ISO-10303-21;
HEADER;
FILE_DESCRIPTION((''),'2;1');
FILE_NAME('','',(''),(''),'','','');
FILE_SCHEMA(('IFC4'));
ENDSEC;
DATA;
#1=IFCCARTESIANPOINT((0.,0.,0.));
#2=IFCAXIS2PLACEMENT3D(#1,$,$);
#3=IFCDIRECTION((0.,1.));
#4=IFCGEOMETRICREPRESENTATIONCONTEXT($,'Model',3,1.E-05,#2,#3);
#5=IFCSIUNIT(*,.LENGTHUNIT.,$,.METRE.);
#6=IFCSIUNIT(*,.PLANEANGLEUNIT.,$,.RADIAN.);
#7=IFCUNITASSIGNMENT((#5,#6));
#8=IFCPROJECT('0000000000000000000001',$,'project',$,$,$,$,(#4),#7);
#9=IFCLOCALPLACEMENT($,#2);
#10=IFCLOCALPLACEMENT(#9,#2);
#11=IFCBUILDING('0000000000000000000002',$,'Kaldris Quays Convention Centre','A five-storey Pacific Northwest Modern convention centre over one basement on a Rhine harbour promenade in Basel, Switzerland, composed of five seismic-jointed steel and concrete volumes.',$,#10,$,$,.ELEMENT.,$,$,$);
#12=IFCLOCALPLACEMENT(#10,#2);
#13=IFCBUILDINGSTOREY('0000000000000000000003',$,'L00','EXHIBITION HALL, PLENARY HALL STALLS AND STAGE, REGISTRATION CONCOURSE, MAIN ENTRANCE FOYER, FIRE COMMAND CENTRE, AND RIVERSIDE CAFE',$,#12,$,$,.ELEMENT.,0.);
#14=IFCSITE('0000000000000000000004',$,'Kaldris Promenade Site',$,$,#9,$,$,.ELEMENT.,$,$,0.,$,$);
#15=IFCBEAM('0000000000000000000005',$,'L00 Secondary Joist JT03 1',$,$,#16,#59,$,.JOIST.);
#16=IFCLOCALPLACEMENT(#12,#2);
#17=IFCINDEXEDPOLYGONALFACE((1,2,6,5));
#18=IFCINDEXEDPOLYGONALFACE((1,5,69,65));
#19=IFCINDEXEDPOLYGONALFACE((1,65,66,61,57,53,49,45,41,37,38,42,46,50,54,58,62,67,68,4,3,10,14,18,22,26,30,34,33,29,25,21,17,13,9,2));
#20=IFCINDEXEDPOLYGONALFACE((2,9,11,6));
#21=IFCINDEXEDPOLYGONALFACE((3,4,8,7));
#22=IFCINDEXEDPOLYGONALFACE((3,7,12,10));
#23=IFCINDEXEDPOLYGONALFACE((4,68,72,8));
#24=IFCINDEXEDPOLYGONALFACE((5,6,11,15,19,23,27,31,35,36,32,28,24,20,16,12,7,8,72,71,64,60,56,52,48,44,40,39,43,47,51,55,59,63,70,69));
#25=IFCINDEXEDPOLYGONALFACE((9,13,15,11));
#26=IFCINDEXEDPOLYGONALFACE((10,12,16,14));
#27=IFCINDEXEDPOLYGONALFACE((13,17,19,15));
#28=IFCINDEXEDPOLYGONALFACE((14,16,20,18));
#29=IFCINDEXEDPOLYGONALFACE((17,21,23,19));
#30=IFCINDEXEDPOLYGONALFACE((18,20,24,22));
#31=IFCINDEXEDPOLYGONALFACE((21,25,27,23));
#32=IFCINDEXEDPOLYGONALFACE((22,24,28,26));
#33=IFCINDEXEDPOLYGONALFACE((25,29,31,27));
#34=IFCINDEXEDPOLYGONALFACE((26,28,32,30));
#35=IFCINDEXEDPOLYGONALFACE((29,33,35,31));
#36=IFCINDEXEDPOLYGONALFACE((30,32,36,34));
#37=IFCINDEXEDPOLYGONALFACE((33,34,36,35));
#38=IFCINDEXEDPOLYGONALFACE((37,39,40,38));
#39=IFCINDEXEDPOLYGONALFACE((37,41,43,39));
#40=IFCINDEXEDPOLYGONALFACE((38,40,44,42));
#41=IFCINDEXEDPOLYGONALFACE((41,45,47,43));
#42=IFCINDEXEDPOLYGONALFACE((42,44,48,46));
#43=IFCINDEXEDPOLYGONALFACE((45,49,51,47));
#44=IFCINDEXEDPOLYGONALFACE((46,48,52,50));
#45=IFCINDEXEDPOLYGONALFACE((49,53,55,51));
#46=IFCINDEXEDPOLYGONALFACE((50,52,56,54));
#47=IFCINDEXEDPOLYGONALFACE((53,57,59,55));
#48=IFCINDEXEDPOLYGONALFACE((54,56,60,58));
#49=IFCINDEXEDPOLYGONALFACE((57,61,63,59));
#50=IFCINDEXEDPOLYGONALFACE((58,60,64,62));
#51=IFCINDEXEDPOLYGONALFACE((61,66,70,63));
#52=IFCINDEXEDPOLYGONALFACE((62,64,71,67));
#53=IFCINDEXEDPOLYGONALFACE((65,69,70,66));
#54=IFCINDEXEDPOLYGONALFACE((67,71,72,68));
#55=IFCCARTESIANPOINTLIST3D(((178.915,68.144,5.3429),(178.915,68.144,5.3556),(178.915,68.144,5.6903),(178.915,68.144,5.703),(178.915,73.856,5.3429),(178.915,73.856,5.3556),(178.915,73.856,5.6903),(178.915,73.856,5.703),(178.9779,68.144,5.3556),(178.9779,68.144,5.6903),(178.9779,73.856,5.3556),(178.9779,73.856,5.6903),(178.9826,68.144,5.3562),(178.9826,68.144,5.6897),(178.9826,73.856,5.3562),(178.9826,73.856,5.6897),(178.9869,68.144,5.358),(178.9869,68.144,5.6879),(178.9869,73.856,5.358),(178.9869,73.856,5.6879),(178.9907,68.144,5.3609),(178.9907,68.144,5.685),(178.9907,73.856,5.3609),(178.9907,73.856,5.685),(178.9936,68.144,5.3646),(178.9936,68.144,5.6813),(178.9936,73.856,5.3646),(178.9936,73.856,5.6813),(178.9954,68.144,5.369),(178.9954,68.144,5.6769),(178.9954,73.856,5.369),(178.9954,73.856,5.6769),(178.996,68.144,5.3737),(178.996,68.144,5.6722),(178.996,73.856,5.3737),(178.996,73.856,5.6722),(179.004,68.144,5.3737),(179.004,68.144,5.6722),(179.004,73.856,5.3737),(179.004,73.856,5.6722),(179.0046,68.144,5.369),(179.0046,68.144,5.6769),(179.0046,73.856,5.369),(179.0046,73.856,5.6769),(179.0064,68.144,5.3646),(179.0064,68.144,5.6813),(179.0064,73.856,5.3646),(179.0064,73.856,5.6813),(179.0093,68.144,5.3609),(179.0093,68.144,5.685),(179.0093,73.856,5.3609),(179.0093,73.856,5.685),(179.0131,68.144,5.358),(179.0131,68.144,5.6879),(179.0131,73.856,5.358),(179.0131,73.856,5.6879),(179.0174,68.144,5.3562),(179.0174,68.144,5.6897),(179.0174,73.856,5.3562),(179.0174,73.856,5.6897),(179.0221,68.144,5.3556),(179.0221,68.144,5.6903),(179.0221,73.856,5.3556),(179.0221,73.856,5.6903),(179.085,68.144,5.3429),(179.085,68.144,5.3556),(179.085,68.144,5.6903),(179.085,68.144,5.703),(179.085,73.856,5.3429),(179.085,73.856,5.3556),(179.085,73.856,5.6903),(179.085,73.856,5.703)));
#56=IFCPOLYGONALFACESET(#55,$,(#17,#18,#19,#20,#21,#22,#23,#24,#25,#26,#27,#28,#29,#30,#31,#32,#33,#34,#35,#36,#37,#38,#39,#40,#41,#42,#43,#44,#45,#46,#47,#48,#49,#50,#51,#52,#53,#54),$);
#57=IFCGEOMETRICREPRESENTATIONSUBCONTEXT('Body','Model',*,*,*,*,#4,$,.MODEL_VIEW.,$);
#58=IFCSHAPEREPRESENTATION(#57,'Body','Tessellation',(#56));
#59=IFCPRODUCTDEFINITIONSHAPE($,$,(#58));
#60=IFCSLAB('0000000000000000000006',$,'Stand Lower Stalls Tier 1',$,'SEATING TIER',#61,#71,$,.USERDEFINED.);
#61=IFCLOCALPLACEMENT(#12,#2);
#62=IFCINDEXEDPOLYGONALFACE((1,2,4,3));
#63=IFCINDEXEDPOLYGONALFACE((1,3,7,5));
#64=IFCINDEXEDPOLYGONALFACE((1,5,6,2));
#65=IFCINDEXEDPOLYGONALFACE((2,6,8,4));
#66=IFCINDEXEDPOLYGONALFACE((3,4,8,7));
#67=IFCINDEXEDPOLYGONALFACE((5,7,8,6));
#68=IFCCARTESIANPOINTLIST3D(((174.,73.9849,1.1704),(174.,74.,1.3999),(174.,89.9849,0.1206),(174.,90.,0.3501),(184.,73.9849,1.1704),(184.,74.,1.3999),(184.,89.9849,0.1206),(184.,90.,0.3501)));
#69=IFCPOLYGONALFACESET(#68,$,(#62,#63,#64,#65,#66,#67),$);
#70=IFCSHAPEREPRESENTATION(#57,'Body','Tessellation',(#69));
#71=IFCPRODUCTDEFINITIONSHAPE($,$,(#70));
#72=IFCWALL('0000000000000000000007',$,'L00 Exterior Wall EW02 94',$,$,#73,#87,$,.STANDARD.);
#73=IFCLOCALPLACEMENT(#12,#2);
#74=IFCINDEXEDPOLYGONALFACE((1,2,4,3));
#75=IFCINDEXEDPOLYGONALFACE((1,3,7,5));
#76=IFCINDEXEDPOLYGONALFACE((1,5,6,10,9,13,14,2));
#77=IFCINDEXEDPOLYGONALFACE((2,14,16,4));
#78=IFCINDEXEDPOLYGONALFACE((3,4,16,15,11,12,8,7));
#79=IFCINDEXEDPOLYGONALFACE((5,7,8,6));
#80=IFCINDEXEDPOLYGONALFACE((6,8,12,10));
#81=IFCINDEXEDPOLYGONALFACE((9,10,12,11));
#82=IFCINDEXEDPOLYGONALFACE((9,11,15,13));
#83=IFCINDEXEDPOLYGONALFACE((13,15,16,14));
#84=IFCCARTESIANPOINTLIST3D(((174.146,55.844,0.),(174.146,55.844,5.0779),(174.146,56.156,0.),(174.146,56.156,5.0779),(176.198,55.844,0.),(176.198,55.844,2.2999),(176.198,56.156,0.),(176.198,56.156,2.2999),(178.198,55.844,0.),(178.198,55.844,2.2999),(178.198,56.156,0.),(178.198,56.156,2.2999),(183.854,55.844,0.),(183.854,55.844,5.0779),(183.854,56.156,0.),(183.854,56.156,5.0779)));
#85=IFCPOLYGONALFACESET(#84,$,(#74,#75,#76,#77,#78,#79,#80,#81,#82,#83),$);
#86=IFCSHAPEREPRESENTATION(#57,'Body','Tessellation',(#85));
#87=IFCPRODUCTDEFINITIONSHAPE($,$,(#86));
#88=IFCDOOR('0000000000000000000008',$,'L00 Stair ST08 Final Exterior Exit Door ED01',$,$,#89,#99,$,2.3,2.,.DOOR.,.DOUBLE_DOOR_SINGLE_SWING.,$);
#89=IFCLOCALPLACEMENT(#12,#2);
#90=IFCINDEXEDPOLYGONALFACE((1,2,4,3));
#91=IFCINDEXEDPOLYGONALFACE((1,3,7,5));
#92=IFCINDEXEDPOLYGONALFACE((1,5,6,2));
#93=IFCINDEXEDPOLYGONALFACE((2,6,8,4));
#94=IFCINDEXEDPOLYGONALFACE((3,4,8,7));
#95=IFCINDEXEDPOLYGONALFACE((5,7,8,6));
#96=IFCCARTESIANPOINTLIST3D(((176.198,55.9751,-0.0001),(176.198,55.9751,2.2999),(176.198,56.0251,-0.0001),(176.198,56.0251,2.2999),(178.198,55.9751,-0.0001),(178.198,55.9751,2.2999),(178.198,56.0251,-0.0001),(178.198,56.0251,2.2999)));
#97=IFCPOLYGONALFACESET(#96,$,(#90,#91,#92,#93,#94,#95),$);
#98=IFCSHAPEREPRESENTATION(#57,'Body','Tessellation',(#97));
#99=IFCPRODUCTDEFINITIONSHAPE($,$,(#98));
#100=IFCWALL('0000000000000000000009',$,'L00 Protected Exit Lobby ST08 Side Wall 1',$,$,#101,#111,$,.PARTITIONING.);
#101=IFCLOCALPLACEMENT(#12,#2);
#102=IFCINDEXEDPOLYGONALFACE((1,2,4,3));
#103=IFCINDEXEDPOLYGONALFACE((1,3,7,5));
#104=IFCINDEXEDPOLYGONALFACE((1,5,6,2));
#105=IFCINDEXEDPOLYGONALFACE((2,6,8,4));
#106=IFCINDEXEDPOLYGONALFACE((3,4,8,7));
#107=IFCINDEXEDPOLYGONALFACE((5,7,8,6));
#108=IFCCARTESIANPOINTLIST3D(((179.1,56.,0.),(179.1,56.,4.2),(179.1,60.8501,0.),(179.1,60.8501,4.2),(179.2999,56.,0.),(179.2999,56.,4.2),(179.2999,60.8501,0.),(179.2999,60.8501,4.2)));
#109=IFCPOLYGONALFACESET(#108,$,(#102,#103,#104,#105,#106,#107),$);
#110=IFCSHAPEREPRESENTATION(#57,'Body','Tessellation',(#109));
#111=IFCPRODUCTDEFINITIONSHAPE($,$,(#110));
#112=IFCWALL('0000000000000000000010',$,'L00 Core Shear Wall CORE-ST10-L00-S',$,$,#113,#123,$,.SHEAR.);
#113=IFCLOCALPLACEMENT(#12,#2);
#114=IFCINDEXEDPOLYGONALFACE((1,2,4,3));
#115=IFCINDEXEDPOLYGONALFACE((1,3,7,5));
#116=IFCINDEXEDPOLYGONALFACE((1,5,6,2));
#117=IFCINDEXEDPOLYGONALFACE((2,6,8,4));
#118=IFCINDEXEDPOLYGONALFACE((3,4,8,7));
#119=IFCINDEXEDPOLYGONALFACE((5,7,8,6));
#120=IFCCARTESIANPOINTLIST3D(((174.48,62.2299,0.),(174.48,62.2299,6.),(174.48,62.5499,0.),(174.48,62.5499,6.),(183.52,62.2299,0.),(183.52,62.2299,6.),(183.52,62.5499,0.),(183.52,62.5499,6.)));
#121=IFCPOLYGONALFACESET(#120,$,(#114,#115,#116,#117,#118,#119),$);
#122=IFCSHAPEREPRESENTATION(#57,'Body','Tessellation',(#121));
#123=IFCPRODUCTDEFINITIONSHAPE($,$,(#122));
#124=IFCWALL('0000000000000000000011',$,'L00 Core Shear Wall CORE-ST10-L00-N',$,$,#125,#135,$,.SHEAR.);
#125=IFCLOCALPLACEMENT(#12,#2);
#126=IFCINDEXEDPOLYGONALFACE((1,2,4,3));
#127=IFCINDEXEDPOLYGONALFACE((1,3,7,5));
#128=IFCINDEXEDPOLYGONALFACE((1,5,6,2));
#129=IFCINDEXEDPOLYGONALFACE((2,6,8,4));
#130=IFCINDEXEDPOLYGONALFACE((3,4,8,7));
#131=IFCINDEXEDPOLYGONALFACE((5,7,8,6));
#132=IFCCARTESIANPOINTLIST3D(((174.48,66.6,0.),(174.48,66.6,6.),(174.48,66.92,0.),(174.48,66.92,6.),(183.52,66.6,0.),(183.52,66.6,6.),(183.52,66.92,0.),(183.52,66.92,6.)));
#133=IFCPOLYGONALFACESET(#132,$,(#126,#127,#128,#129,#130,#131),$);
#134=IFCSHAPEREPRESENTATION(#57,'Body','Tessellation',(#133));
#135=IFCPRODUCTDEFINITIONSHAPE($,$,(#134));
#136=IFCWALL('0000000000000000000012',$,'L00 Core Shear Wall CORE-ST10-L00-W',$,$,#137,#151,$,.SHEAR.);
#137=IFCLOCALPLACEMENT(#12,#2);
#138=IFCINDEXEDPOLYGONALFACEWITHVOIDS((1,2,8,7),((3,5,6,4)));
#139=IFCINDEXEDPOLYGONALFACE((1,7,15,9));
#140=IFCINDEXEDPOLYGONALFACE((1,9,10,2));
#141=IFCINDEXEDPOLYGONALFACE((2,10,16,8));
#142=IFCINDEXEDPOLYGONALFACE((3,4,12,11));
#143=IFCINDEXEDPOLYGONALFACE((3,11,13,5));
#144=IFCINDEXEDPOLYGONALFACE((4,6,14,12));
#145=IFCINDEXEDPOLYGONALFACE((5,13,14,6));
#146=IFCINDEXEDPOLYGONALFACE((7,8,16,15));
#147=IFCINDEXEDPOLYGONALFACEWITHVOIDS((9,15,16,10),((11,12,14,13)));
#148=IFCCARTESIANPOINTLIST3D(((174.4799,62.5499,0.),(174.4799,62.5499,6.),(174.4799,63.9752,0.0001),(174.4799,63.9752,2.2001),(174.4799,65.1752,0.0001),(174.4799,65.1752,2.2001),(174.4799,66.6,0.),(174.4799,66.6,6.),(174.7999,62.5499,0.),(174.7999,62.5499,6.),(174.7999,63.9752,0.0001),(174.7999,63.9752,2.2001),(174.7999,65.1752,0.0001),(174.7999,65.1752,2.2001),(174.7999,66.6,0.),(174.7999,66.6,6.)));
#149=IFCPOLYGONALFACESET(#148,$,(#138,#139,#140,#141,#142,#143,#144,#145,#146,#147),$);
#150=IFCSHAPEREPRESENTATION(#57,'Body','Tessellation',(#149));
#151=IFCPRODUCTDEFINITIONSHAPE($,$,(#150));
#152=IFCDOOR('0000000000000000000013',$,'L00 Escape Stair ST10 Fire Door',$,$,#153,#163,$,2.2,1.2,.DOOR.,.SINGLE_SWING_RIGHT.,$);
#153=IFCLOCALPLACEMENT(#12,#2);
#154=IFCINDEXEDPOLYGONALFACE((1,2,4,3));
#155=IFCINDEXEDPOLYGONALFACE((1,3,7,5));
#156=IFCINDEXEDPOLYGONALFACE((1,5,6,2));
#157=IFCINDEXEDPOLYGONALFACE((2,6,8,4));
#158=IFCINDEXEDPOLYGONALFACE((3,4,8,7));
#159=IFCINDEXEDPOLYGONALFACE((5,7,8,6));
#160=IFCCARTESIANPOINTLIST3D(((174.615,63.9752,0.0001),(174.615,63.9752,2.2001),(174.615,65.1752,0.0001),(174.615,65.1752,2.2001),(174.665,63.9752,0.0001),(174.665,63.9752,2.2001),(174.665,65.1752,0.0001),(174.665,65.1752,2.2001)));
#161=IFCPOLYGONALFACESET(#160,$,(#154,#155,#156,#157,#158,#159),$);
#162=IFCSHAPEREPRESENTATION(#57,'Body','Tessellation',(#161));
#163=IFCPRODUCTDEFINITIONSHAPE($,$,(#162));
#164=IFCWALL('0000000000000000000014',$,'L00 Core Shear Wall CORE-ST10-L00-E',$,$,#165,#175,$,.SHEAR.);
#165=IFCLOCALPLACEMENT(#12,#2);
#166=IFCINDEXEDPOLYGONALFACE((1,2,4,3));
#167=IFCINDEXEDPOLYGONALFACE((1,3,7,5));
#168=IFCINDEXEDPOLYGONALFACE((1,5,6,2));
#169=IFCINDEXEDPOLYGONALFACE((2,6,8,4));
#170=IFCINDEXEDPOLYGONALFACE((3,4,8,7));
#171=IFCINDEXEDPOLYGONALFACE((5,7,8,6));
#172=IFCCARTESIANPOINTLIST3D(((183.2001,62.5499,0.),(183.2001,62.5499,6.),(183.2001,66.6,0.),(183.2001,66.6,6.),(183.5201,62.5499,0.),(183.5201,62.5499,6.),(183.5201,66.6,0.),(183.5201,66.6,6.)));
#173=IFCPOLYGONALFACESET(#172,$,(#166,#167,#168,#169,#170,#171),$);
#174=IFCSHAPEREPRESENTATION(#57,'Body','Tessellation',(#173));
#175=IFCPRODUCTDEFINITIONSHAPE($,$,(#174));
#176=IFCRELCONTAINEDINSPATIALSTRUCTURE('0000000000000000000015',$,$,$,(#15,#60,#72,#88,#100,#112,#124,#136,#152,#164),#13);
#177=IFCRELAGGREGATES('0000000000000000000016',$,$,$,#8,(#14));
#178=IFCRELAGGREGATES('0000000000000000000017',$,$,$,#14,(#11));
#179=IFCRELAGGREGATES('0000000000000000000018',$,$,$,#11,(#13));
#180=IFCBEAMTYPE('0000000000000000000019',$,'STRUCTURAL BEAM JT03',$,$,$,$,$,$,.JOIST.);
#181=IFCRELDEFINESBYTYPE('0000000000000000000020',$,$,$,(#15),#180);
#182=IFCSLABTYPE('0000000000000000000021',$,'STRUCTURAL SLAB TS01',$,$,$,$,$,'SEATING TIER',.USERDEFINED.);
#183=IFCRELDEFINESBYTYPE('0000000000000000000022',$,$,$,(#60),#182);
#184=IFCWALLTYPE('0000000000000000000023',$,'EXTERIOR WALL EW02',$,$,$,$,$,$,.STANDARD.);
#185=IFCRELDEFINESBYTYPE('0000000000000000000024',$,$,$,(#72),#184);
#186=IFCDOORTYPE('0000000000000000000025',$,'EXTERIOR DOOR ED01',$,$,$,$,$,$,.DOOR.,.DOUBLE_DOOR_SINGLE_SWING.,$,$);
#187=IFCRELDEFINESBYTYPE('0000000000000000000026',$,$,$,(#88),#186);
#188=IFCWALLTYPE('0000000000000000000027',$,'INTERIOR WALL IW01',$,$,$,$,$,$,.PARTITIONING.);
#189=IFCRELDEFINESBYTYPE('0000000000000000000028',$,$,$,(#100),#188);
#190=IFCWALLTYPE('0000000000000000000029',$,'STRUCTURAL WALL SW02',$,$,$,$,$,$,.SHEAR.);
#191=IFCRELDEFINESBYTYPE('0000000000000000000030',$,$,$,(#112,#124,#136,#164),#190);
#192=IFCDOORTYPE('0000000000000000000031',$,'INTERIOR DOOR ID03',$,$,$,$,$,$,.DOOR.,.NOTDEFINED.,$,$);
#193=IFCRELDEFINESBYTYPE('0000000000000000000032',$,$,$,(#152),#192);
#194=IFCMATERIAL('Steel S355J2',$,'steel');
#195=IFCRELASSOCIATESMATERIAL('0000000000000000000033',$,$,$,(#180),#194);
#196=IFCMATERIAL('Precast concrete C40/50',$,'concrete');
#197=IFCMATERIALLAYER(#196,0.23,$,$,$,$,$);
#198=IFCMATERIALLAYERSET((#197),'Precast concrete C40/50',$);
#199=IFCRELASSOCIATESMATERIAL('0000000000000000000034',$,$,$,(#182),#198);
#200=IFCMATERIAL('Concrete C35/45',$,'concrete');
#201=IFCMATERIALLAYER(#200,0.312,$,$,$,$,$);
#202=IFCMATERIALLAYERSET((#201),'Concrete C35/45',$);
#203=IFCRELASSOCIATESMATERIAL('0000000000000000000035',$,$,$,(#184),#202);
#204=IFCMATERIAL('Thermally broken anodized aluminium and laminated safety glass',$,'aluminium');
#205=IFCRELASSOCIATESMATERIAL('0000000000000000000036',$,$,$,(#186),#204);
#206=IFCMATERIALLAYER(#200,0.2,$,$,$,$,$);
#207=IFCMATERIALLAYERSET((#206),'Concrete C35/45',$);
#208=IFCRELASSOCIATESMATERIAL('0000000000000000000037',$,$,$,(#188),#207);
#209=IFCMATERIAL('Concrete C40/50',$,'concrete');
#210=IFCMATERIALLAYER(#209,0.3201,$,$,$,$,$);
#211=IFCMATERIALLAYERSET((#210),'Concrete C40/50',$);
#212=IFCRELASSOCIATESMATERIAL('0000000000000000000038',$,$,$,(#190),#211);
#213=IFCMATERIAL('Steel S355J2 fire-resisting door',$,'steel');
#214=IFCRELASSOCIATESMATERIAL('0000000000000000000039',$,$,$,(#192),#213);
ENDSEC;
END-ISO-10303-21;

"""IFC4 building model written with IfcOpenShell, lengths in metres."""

from ifc_helpers import new_model, si_unit, direction, frame, frame_2d, origin, origin_2d, place, context, subcontext, project, spatial, polyline, rectangle, i_section, outline, extrude, material, layer, layer_set, material_profile, profile_set, type_object, element, fill, save


model = new_model("IFC4")

# Units and contexts
model_context = context("Model", 3, precision=1e-05, world=origin(), true_north=direction((0.0, 1.0)))
body_context = subcontext(model_context, "Body", "Model", "MODEL_VIEW")
ifc_project = project(units=[si_unit("LENGTHUNIT", "METRE"), si_unit("PLANEANGLEUNIT", "RADIAN")], contexts=[model_context])

# Site, building, storey
site_placement = place(None, origin())
site = spatial("IfcSite", under=ifc_project, at=site_placement, Name="Kaldris Promenade Site", CompositionType="ELEMENT", RefElevation=0.0)
building_placement = place(site_placement, origin())
building = spatial("IfcBuilding", under=site, at=building_placement, Name="Kaldris Quays Convention Centre", Description="A five-storey Pacific Northwest Modern convention centre over one basement on a Rhine harbour promenade in Basel, Switzerland, composed of five seismic-jointed steel and concrete volumes.", CompositionType="ELEMENT")
storey_placement = place(building_placement, origin())
storey = spatial("IfcBuildingStorey", under=building, at=storey_placement, Name="L00", Description="EXHIBITION HALL, PLENARY HALL STALLS AND STAGE, REGISTRATION CONCOURSE, MAIN ENTRANCE FOYER, FIRE COMMAND CENTRE, AND RIVERSIDE CAFE", CompositionType="ELEMENT", Elevation=0.0)

# Shared definitions
ifc_material_1 = material(Name="Steel S355J2", Category="steel")

# Beam
ifc_material_profile_1 = material_profile(ifc_material_1, i_section(OverallWidth=0.1699, OverallDepth=0.3601, WebThickness=0.0081, FlangeThickness=0.0127, FilletRadius=0.0181, at=origin_2d()), Name="IPE 360")
ifc_profile_set_1 = profile_set([ifc_material_profile_1], Name="Steel S355J2")
beam_type_1 = type_object("IfcBeamType", Name="STRUCTURAL BEAM JT03", PredefinedType="JOIST", material=ifc_profile_set_1)
beam_1_placement = place(storey_placement, frame((179.0, 68.144, 5.5229), z_axis=(0.0, 1.0, 0.0), x_axis=(-1.0, 0.0, 0.0)))
element("IfcBeam", 1, at=beam_1_placement, inside=storey, type_object=beam_type_1, Name="L00 Secondary Joist JT03 1", PredefinedType="JOIST", context=body_context, shape_type="SweptSolid", body=[
    extrude(i_section(OverallWidth=0.1699, OverallDepth=0.3601, WebThickness=0.0081, FlangeThickness=0.0127, FilletRadius=0.0181, at=origin_2d()), origin(), (0.0, 0.0, 1.0), 5.7119),
])

# Slab
ifc_material_2 = material(Name="Precast concrete C40/50", Category="concrete")
ifc_layer_1 = layer(ifc_material_2, 0.23)
ifc_layer_set_1 = layer_set([ifc_layer_1], Name="Precast concrete C40/50")
slab_type = type_object("IfcSlabType", Name="STRUCTURAL SLAB TS01", ElementType="SEATING TIER", PredefinedType="USERDEFINED", material=ifc_layer_set_1)
slab_placement = place(storey_placement, frame((174.0, 74.0, 1.3999), z_axis=(0.0, 0.065472, 0.997854), x_axis=(1.0, 0.0, 0.0)))
element("IfcSlab", 2, at=slab_placement, inside=storey, type_object=slab_type, Name="Stand Lower Stalls Tier 1", ObjectType="SEATING TIER", PredefinedType="USERDEFINED", context=body_context, shape_type="SweptSolid", body=[
    extrude(outline(polyline([(0.0, 0.0), (10.0, 0.0), (10.0, 16.0344), (0.0, 16.0344), (0.0, 0.0)])), origin(), (0.0, 0.0, -1.0), 0.23),
])

# Wall, opening, door
ifc_material_3 = material(Name="Concrete C35/45", Category="concrete")
ifc_layer_2 = layer(ifc_material_3, 0.312)
ifc_layer_set_2 = layer_set([ifc_layer_2], Name="Concrete C35/45")
wall_type_1 = type_object("IfcWallType", Name="EXTERIOR WALL EW02", PredefinedType="STANDARD", material=ifc_layer_set_2)
wall_1_placement = place(storey_placement, frame((174.146, 56.0, 0.0), z_axis=(0.0, 0.0, 1.0), x_axis=(1.0, 0.0, 0.0)))
wall_1 = element("IfcWall", 3, at=wall_1_placement, inside=storey, type_object=wall_type_1, Name="L00 Exterior Wall EW02 94", PredefinedType="STANDARD", context=body_context, shape_type="SweptSolid", body=[
    extrude(rectangle(XDim=9.708, YDim=0.312, at=frame_2d((4.854, 0.0))), origin(), (0.0, 0.0, 1.0), 5.0779),
])
opening_1_placement = place(wall_1_placement, frame((2.052, 0.0, 0.0)))
opening_1 = element("IfcOpeningElement", 4, at=opening_1_placement, cuts=wall_1, PredefinedType="OPENING", context=body_context, shape_type="SweptSolid", body=[
    extrude(rectangle(XDim=2.0, YDim=2.3, at=frame_2d((1.0, 1.1499))), frame((0.0, 0.166, 0.0), z_axis=(0.0, -1.0, 0.0), x_axis=(1.0, 0.0, 0.0)), (0.0, 0.0, 1.0), 0.332),
])
ifc_material_4 = material(Name="Thermally broken anodized aluminium and laminated safety glass", Category="aluminium")
door_type_1 = type_object("IfcDoorType", Name="EXTERIOR DOOR ED01", OperationType="DOUBLE_DOOR_SINGLE_SWING", PredefinedType="DOOR", material=ifc_material_4)
door_1_placement = place(opening_1_placement, frame((2.0, 0.0, 0.0), z_axis=(0.0, 0.0, 1.0), x_axis=(-1.0, 0.0, 0.0)))
door_1 = element("IfcDoor", 5, at=door_1_placement, inside=storey, type_object=door_type_1, Name="L00 Stair ST08 Final Exterior Exit Door ED01", OperationType="DOUBLE_DOOR_SINGLE_SWING", OverallHeight=2.3, OverallWidth=2.0, PredefinedType="DOOR", context=body_context, shape_type="SweptSolid", body=[
    extrude(rectangle(XDim=2.0, YDim=2.3, at=frame_2d((1.0, 1.1499))), frame((0.0, 0.0249, 0.0), z_axis=(0.0, -1.0, 0.0), x_axis=(1.0, 0.0, 0.0)), (0.0, 0.0, 1.0), 0.05),
])
fill(opening_1, door_1)

# Walls
ifc_layer_3 = layer(ifc_material_3, 0.2)
ifc_layer_set_3 = layer_set([ifc_layer_3], Name="Concrete C35/45")
wall_type_2 = type_object("IfcWallType", Name="INTERIOR WALL IW01", PredefinedType="PARTITIONING", material=ifc_layer_set_3)
wall_2_placement = place(storey_placement, frame((179.2, 56.0, 0.0), z_axis=(0.0, 0.0, 1.0), x_axis=(0.0, 1.0, 0.0)))
element("IfcWall", 6, at=wall_2_placement, inside=storey, type_object=wall_type_2, Name="L00 Protected Exit Lobby ST08 Side Wall 1", PredefinedType="PARTITIONING", context=body_context, shape_type="SweptSolid", body=[
    extrude(rectangle(XDim=4.8501, YDim=0.2, at=frame_2d((2.425, 0.0))), origin(), (0.0, 0.0, 1.0), 4.2),
])
ifc_material_5 = material(Name="Concrete C40/50", Category="concrete")
ifc_layer_4 = layer(ifc_material_5, 0.3201)
ifc_layer_set_4 = layer_set([ifc_layer_4], Name="Concrete C40/50")
wall_type_3 = type_object("IfcWallType", Name="STRUCTURAL WALL SW02", PredefinedType="SHEAR", material=ifc_layer_set_4)
for number, where, z_axis, x_axis, name in (
    (7, (174.48, 62.3899, 0.0), (0.0, 0.0, 1.0), (1.0, 0.0, 0.0), "L00 Core Shear Wall CORE-ST10-L00-S"),
    (8, (174.48, 66.76, 0.0), (0.0, 0.0, 1.0), (1.0, 0.0, 0.0), "L00 Core Shear Wall CORE-ST10-L00-N"),
):
    element("IfcWall", number, at=place(storey_placement, frame(where, z_axis=z_axis, x_axis=x_axis)), inside=storey, type_object=wall_type_3, Name=name, PredefinedType="SHEAR", context=body_context, shape_type="SweptSolid", body=[
        extrude(rectangle(XDim=9.04, YDim=0.3201, at=frame_2d((4.52, 0.0))), origin(), (0.0, 0.0, 1.0), 6.0),
    ])

# Wall, opening, door
wall_3_placement = place(storey_placement, frame((174.6399, 62.55, 0.0), z_axis=(0.0, 0.0, 1.0), x_axis=(0.0, 1.0, 0.0)))
wall_3 = element("IfcWall", 9, at=wall_3_placement, inside=storey, type_object=wall_type_3, Name="L00 Core Shear Wall CORE-ST10-L00-W", PredefinedType="SHEAR", context=body_context, shape_type="SweptSolid", body=[
    extrude(rectangle(XDim=4.05, YDim=0.3201, at=frame_2d((2.0249, 0.0))), origin(), (0.0, 0.0, 1.0), 6.0),
])
opening_2_placement = place(wall_3_placement, frame((1.425, 0.0, 0.0)))
opening_2 = element("IfcOpeningElement", 10, at=opening_2_placement, cuts=wall_3, PredefinedType="OPENING", context=body_context, shape_type="SweptSolid", body=[
    extrude(rectangle(XDim=1.2, YDim=2.2, at=frame_2d((0.6001, 1.1001))), frame((0.0, 0.1699, 0.0), z_axis=(0.0, -1.0, 0.0), x_axis=(1.0, 0.0, 0.0)), (0.0, 0.0, 1.0), 0.3401),
])
ifc_material_6 = material(Name="Steel S355J2 fire-resisting door", Category="steel")
door_type_2 = type_object("IfcDoorType", Name="INTERIOR DOOR ID03", OperationType="NOTDEFINED", PredefinedType="DOOR", material=ifc_material_6)
door_2_placement = place(opening_2_placement, origin())
door_2 = element("IfcDoor", 11, at=door_2_placement, inside=storey, type_object=door_type_2, Name="L00 Escape Stair ST10 Fire Door", OperationType="SINGLE_SWING_RIGHT", OverallHeight=2.2, OverallWidth=1.2, PredefinedType="DOOR", context=body_context, shape_type="SweptSolid", body=[
    extrude(rectangle(XDim=1.2, YDim=2.2, at=frame_2d((0.6001, 1.1001))), frame((0.0, 0.0249, 0.0), z_axis=(0.0, -1.0, 0.0), x_axis=(1.0, 0.0, 0.0)), (0.0, 0.0, 1.0), 0.05),
])
fill(opening_2, door_2)

# Wall
wall_4_placement = place(storey_placement, frame((183.3601, 62.55, 0.0), z_axis=(0.0, 0.0, 1.0), x_axis=(0.0, 1.0, 0.0)))
element("IfcWall", 12, at=wall_4_placement, inside=storey, type_object=wall_type_3, Name="L00 Core Shear Wall CORE-ST10-L00-E", PredefinedType="SHEAR", context=body_context, shape_type="SweptSolid", body=[
    extrude(rectangle(XDim=4.05, YDim=0.3201, at=frame_2d((2.0249, 0.0))), origin(), (0.0, 0.0, 1.0), 6.0),
])

save(model, "model.ifc")
